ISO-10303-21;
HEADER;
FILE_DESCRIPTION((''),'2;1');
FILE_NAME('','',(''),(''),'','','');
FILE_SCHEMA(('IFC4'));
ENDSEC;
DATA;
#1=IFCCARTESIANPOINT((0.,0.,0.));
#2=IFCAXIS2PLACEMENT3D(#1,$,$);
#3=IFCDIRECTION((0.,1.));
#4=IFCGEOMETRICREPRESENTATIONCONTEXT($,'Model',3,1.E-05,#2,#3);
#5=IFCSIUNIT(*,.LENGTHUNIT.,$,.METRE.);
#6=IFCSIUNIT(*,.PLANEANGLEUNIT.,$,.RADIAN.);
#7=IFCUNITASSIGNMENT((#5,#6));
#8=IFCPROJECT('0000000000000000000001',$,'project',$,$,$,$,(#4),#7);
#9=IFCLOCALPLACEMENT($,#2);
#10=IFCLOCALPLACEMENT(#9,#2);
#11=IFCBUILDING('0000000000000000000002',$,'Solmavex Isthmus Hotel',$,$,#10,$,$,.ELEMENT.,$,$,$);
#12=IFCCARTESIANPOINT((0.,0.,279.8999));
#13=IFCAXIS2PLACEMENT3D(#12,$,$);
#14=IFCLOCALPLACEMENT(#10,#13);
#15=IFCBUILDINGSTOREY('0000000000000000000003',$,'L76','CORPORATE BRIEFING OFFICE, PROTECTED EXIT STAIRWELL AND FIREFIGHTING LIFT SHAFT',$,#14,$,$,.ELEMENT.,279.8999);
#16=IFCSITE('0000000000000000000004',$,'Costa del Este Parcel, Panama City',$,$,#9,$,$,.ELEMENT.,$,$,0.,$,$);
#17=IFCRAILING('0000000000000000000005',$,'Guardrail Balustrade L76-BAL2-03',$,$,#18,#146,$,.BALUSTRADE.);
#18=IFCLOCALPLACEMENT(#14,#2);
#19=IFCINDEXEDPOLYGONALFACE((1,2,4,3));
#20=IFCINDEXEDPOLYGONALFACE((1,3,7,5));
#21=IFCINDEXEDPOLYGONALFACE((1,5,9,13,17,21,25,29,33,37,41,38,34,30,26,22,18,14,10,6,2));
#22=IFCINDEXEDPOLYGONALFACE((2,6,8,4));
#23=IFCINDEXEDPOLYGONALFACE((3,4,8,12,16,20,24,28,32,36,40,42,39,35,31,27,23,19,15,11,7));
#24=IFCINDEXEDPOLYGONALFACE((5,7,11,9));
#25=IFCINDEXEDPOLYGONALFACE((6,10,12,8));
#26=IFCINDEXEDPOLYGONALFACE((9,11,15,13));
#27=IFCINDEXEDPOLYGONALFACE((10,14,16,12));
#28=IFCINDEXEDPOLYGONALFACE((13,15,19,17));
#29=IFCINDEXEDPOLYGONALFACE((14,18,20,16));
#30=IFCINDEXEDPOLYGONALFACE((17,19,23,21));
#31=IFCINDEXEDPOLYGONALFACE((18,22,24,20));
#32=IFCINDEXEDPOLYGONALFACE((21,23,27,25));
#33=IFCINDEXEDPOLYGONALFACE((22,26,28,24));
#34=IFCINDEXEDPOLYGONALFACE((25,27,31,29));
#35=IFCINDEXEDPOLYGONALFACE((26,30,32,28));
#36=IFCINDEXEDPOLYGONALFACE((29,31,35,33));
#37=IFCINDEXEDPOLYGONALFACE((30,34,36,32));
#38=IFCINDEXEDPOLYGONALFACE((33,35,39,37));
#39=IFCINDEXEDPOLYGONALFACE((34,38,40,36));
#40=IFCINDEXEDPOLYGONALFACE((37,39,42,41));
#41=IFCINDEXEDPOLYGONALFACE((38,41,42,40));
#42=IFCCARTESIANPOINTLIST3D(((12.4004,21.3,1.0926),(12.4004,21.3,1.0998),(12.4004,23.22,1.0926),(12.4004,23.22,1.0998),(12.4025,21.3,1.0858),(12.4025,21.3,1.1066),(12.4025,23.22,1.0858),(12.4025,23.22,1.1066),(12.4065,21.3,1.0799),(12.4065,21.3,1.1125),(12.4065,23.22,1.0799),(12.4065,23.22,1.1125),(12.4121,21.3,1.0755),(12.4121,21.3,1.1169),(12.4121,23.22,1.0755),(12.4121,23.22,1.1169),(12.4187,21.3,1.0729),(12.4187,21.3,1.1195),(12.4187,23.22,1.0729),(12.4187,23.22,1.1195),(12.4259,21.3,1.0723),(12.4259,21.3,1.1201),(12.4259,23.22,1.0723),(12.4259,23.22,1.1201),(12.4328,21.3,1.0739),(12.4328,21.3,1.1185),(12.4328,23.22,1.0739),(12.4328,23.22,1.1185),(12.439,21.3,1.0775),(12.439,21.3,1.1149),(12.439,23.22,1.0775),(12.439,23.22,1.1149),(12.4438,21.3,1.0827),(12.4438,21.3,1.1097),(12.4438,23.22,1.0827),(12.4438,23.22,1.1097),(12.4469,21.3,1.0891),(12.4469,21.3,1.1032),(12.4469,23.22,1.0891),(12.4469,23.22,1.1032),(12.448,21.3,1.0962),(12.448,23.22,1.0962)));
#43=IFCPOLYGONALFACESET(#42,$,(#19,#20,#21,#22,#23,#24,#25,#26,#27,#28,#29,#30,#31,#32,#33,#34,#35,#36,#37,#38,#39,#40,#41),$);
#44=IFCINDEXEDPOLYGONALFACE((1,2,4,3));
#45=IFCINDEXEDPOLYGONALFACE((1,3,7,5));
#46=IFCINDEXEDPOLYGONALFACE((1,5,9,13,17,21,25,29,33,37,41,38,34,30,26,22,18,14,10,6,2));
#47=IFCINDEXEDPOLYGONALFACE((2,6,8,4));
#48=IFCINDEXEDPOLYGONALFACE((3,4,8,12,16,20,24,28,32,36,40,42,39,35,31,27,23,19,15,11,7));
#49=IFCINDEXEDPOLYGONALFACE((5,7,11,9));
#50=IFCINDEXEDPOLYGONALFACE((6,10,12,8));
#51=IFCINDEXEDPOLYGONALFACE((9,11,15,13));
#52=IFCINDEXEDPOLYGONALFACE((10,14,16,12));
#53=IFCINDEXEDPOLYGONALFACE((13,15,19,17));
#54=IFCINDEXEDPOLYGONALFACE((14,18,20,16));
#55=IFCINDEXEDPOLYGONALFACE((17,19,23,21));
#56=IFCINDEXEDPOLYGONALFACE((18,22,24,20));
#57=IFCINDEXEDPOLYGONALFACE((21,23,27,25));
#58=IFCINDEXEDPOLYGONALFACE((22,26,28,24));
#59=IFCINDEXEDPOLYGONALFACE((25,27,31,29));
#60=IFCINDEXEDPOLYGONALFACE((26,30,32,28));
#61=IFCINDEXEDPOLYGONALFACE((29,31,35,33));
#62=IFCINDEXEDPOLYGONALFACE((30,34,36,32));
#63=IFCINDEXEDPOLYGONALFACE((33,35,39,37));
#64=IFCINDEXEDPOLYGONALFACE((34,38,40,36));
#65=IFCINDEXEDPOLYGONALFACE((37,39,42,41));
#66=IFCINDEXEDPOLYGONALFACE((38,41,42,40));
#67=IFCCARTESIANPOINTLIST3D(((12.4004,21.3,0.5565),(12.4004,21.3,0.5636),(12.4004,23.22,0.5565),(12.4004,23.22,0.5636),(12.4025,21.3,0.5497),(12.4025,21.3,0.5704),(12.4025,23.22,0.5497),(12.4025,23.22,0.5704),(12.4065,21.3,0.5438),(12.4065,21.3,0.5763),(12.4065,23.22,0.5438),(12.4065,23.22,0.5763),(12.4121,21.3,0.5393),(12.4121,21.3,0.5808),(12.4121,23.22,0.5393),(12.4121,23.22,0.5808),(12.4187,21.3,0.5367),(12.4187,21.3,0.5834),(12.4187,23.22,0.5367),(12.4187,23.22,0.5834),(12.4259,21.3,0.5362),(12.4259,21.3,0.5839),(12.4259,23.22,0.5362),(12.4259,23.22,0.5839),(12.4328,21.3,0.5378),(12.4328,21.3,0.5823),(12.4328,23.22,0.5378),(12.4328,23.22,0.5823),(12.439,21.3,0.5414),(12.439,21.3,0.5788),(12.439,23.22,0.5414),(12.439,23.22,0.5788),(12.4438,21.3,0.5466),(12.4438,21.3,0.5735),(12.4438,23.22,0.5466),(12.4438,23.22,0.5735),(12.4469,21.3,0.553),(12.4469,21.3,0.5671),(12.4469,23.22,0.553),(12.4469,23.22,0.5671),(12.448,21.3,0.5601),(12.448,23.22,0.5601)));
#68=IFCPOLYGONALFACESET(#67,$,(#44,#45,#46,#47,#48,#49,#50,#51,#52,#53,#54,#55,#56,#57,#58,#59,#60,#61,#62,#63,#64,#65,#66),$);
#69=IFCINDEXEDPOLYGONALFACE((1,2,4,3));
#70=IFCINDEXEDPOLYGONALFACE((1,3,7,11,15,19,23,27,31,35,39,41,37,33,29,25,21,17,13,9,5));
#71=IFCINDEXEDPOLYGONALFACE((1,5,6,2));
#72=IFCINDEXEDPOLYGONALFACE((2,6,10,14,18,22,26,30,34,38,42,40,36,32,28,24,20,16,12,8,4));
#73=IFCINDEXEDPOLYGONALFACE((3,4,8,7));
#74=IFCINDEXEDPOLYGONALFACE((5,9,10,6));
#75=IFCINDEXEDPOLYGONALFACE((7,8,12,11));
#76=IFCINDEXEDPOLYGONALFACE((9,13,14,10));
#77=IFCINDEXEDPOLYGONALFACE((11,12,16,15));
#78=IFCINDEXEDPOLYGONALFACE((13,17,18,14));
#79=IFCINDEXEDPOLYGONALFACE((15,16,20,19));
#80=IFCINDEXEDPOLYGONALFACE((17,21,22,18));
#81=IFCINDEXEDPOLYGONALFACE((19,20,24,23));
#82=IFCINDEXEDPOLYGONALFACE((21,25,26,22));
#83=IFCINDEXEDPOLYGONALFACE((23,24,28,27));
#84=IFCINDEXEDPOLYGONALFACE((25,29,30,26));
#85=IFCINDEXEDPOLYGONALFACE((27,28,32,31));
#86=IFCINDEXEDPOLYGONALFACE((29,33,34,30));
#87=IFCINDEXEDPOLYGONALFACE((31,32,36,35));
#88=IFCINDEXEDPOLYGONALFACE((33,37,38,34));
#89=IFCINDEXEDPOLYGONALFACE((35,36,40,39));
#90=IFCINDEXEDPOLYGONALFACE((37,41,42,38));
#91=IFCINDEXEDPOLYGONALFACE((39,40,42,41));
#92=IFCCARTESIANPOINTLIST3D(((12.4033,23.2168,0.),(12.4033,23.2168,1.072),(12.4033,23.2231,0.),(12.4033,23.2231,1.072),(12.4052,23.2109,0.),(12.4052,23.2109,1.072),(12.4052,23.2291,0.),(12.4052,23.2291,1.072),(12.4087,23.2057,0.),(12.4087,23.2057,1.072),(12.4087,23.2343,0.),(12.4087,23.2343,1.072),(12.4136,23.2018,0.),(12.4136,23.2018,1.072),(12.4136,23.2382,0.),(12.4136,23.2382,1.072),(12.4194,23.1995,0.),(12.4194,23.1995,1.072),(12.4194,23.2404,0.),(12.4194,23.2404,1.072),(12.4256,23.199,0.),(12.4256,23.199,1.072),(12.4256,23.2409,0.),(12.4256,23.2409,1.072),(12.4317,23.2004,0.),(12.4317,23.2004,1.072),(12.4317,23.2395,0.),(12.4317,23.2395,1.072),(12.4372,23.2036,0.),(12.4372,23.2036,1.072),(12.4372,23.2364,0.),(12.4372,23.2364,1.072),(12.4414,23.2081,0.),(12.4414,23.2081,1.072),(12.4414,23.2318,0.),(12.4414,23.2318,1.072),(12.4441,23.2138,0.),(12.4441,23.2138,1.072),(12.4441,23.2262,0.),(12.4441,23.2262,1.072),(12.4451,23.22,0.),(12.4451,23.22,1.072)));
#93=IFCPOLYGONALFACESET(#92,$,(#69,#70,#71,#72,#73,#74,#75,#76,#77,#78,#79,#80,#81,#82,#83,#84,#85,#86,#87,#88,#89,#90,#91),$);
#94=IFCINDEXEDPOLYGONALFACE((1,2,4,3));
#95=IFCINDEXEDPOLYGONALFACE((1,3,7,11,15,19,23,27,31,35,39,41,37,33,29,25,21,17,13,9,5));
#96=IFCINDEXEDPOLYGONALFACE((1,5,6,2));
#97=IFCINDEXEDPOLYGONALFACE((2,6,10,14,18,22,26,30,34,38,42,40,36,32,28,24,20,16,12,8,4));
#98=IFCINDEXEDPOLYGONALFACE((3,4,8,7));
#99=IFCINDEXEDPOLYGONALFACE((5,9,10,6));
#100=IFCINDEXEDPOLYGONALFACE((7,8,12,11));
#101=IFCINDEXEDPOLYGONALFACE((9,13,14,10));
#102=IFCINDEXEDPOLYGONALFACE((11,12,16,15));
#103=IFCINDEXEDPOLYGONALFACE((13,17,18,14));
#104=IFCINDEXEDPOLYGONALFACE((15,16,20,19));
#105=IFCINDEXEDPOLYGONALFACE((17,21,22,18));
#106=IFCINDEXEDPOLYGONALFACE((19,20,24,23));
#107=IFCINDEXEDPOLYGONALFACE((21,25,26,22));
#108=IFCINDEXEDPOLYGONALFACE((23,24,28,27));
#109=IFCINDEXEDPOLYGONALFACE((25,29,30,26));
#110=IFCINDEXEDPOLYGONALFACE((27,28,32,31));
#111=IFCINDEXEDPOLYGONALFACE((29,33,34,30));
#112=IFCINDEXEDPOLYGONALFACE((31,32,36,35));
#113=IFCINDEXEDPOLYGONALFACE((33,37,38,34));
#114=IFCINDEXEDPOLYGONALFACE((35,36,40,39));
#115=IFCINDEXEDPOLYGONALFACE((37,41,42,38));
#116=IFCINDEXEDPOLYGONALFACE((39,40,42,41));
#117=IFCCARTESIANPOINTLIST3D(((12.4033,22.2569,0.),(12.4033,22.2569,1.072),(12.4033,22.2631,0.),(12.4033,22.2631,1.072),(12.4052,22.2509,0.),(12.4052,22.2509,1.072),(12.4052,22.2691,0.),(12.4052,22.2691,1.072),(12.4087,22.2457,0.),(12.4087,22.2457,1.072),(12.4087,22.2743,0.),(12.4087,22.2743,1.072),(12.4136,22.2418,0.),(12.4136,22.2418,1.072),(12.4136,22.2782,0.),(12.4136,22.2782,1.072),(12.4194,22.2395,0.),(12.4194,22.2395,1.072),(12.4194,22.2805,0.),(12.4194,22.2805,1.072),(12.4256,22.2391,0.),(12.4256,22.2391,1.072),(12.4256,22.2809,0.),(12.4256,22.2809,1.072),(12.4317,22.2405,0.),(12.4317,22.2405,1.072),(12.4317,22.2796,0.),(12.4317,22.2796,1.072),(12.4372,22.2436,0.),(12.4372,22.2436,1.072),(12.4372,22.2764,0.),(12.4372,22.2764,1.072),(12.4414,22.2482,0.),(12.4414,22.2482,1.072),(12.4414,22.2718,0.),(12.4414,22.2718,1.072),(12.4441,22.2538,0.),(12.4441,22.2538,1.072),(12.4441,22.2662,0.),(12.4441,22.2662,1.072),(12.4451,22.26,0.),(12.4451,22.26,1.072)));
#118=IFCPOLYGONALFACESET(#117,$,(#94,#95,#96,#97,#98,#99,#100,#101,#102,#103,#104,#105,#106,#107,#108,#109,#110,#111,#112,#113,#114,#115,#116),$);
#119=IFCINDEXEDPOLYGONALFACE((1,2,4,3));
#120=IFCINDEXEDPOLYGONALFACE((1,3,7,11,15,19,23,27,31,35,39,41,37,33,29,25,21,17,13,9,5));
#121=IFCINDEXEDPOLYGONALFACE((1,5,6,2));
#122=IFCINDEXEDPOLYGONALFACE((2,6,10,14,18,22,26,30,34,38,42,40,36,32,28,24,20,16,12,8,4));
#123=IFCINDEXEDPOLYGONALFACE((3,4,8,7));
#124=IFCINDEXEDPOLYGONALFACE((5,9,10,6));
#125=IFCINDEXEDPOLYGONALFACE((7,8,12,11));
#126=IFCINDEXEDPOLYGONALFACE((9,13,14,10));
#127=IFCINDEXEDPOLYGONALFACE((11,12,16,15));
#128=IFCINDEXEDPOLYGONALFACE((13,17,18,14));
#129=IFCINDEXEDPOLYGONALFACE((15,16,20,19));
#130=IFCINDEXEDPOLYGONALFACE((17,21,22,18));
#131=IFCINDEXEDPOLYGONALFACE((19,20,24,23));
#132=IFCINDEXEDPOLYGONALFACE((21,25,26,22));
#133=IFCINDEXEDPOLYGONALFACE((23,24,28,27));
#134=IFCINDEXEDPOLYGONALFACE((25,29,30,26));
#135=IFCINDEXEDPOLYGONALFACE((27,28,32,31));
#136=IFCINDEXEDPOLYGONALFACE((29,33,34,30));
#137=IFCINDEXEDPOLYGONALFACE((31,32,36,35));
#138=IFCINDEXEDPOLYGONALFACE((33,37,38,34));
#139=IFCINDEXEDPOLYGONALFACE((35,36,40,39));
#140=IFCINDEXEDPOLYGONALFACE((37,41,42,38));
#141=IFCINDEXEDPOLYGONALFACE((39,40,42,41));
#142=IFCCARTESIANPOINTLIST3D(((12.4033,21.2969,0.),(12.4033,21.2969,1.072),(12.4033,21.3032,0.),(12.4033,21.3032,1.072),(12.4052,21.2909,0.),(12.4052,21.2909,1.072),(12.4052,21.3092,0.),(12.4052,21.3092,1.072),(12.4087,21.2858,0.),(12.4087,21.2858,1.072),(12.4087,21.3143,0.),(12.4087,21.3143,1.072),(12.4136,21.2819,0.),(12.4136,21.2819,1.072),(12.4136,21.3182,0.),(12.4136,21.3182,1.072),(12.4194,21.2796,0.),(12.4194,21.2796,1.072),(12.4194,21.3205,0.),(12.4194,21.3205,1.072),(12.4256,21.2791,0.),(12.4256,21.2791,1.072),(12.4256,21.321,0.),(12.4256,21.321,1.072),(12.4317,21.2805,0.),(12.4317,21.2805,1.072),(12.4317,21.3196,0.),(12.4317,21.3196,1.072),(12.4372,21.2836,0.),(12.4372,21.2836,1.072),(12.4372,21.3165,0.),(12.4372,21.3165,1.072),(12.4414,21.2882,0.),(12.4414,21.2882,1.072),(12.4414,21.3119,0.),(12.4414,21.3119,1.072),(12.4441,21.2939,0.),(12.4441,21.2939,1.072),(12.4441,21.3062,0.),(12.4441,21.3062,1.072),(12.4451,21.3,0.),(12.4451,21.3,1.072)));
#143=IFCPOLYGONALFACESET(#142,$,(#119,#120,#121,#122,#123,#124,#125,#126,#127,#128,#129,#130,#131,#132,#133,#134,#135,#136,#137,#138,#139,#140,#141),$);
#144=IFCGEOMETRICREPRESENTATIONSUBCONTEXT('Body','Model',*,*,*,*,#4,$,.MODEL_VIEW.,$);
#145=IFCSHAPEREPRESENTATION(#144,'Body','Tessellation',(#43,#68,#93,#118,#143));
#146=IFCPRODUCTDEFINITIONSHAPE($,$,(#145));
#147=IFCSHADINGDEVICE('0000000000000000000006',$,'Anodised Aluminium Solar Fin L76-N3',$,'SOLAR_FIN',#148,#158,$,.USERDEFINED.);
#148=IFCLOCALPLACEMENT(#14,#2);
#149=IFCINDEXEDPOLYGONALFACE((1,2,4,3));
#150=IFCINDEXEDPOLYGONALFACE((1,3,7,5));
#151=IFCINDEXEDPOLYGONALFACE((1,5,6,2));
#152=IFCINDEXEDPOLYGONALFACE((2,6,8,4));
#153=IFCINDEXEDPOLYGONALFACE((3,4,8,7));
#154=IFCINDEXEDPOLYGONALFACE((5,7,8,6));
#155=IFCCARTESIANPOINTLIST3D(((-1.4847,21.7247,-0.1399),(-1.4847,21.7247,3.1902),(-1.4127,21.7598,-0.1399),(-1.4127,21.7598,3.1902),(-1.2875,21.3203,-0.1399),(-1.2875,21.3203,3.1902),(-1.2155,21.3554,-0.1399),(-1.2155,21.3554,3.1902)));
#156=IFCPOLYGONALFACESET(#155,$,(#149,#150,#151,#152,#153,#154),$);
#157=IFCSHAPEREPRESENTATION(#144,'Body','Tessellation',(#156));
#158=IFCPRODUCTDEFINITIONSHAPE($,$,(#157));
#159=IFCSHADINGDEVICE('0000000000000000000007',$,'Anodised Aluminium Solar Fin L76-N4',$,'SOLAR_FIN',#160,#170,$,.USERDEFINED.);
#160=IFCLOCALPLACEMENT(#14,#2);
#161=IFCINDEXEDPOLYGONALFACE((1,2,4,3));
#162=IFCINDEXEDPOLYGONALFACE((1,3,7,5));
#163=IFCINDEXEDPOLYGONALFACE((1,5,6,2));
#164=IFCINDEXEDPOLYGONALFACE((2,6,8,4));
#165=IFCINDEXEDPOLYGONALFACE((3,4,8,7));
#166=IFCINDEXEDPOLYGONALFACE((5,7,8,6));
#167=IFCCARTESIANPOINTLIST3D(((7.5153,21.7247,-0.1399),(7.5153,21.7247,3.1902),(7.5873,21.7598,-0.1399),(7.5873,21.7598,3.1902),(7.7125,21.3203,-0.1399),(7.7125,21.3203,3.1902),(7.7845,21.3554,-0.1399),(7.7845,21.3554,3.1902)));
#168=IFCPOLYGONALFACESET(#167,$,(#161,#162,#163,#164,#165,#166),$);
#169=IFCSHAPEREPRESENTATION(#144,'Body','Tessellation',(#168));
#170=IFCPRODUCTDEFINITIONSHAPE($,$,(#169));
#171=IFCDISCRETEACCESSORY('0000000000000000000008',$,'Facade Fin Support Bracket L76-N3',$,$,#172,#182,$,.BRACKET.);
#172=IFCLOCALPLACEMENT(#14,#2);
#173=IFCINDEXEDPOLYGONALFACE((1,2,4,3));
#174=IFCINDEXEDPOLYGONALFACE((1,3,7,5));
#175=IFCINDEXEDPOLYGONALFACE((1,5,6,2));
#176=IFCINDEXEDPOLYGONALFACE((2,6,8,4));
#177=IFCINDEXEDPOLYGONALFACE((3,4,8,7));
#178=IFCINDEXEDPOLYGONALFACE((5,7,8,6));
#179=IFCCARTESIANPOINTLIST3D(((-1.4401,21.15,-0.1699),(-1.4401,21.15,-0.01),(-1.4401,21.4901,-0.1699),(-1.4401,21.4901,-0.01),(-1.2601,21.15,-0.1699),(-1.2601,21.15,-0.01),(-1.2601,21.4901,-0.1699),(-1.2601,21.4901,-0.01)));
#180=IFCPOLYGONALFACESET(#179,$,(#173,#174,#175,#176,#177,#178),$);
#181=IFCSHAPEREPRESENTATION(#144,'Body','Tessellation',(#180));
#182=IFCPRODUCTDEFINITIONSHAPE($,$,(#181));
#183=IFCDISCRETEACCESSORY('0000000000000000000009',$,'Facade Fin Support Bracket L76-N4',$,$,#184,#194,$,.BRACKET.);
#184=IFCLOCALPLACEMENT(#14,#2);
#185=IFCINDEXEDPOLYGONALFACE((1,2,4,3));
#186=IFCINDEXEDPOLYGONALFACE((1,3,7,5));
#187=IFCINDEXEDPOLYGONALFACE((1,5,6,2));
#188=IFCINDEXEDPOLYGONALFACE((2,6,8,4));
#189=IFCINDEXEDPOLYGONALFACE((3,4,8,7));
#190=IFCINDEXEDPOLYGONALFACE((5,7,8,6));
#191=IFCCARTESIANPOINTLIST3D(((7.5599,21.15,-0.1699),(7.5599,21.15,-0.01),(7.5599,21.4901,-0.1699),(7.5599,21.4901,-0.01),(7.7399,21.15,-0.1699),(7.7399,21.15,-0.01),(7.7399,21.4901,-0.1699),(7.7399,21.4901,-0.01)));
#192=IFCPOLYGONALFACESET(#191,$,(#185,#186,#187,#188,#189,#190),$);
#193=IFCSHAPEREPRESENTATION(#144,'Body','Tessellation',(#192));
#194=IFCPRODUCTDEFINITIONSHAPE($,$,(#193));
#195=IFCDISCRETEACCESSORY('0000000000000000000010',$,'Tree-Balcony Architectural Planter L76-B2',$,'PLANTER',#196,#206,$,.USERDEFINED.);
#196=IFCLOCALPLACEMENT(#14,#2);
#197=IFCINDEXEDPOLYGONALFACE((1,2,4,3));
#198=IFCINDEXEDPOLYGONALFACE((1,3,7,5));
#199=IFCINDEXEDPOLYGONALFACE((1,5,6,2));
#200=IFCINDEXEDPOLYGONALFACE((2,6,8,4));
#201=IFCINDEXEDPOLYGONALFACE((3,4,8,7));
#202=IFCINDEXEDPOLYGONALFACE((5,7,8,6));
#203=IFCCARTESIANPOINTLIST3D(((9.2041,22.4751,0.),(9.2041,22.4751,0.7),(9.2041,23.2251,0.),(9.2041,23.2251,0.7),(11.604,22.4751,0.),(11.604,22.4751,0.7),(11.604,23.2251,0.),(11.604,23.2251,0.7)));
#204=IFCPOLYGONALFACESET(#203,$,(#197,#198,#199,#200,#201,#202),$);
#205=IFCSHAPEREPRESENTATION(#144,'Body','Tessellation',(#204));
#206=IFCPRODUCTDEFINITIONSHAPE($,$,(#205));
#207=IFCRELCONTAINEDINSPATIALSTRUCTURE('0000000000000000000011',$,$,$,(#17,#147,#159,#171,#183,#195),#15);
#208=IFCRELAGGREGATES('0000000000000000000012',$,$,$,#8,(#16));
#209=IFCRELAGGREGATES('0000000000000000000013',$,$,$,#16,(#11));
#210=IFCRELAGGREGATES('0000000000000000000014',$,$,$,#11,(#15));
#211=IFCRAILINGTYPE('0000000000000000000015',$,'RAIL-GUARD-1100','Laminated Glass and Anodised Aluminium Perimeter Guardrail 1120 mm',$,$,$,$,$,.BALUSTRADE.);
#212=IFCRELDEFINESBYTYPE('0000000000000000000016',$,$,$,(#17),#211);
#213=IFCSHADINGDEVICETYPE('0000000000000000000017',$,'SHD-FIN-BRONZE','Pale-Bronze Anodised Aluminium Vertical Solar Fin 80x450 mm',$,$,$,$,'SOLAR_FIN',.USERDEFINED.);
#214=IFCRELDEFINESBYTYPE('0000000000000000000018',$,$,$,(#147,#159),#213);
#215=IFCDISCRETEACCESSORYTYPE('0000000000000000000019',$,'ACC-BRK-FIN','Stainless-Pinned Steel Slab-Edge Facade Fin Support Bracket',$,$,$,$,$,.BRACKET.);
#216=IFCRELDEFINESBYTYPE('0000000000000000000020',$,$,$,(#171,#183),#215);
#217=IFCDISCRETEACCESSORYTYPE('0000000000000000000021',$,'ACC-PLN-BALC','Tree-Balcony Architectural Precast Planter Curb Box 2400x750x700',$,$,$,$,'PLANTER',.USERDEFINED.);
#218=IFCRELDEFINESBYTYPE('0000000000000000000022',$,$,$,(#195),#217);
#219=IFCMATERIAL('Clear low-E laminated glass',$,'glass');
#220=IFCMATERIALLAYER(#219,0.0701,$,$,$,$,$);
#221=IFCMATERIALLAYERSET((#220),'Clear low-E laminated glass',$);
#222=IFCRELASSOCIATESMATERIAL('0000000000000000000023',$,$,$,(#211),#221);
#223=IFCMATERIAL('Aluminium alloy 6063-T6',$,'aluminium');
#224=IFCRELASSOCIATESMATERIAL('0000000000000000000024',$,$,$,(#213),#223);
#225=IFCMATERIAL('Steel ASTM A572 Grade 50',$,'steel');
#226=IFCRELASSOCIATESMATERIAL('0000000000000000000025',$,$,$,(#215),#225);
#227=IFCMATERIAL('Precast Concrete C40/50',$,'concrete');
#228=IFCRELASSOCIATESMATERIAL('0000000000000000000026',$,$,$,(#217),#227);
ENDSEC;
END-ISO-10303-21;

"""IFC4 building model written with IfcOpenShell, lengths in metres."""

from ifc_helpers import new_model, si_unit, direction, frame, origin, origin_2d, place, context, subcontext, project, spatial, rectangle, circle, extrude, material, layer, layer_set, type_object, element, save


model = new_model("IFC4")

# Units and contexts
model_context = context("Model", 3, precision=1e-05, world=origin(), true_north=direction((0.0, 1.0)))
body_context = subcontext(model_context, "Body", "Model", "MODEL_VIEW")
ifc_project = project(units=[si_unit("LENGTHUNIT", "METRE"), si_unit("PLANEANGLEUNIT", "RADIAN")], contexts=[model_context])

# Site, building, storey
site_placement = place(None, origin())
site = spatial("IfcSite", under=ifc_project, at=site_placement, Name="Costa del Este Parcel, Panama City", CompositionType="ELEMENT", RefElevation=0.0)
building_placement = place(site_placement, origin())
building = spatial("IfcBuilding", under=site, at=building_placement, Name="Solmavex Isthmus Hotel", CompositionType="ELEMENT")
storey_placement = place(building_placement, frame((0.0, 0.0, 279.8999)))
storey = spatial("IfcBuildingStorey", under=building, at=storey_placement, Name="L76", Description="CORPORATE BRIEFING OFFICE, PROTECTED EXIT STAIRWELL AND FIREFIGHTING LIFT SHAFT", CompositionType="ELEMENT", Elevation=279.8999)

# Shared definitions
ifc_material_1 = material(Name="Aluminium alloy 6063-T6", Category="aluminium")

# Shared definitions
ifc_material_2 = material(Name="Clear low-E laminated glass", Category="glass")

# Shared definitions
ifc_material_3 = material(Name="Precast Concrete C40/50", Category="concrete")

# Railing
ifc_layer_1 = layer(ifc_material_2, 0.0701)
ifc_layer_set_1 = layer_set([ifc_layer_1], Name="Clear low-E laminated glass")
railing_type = type_object("IfcRailingType", Name="RAIL-GUARD-1100", Description="Laminated Glass and Anodised Aluminium Perimeter Guardrail 1120 mm", PredefinedType="BALUSTRADE", material=ifc_layer_set_1)
railing_1_placement = place(storey_placement, frame((12.4241, 23.22, 0.0)))
element("IfcRailing", 1, at=railing_1_placement, inside=storey, type_object=railing_type, Name="Guardrail Balustrade L76-BAL2-03", PredefinedType="BALUSTRADE", context=body_context, shape_type="SweptSolid", body=[
    extrude(circle(Radius=0.0239, at=origin_2d()), frame((0.0, 0.0, 1.0962), z_axis=(0.0, -1.0, 0.0), x_axis=(1.0, 0.0, 0.0)), (0.0, 0.0, 1.0), 1.9199),
    extrude(circle(Radius=0.0239, at=origin_2d()), frame((0.0, 0.0, 0.5601), z_axis=(0.0, -1.0, 0.0), x_axis=(1.0, 0.0, 0.0)), (0.0, 0.0, 1.0), 1.9199),
    extrude(circle(Radius=0.021, at=origin_2d()), origin(), (0.0, 0.0, 1.0), 1.072),
    extrude(circle(Radius=0.021, at=origin_2d()), frame((0.0, -0.96, 0.0)), (0.0, 0.0, 1.0), 1.072),
    extrude(circle(Radius=0.021, at=origin_2d()), frame((0.0, -1.9199, 0.0)), (0.0, 0.0, 1.0), 1.072),
])

# Shading devices
shading_device_type = type_object("IfcShadingDeviceType", Name="SHD-FIN-BRONZE", Description="Pale-Bronze Anodised Aluminium Vertical Solar Fin 80x450 mm", ElementType="SOLAR_FIN", PredefinedType="USERDEFINED", material=ifc_material_1)
for number, where, z_axis, x_axis, name in (
    (2, (-1.3501, 21.54, -0.1399), (0.0, 0.0, 1.0), (-0.438371, 0.898794, 0.0), "Anodised Aluminium Solar Fin L76-N3"),
    (3, (7.6499, 21.54, -0.1399), (0.0, 0.0, 1.0), (-0.438371, 0.898794, 0.0), "Anodised Aluminium Solar Fin L76-N4"),
):
    element("IfcShadingDevice", number, at=place(storey_placement, frame(where, z_axis=z_axis, x_axis=x_axis)), inside=storey, type_object=shading_device_type, Name=name, ObjectType="SOLAR_FIN", PredefinedType="USERDEFINED", context=body_context, shape_type="SweptSolid", body=[
        extrude(rectangle(XDim=0.45, YDim=0.0801, at=origin_2d()), origin(), (0.0, 0.0, 1.0), 3.3301),
    ])

# Discrete accessories
ifc_material_4 = material(Name="Steel ASTM A572 Grade 50", Category="steel")
discrete_accessory_type_1 = type_object("IfcDiscreteAccessoryType", Name="ACC-BRK-FIN", Description="Stainless-Pinned Steel Slab-Edge Facade Fin Support Bracket", PredefinedType="BRACKET", material=ifc_material_4)
for number, where, z_axis, x_axis, name in (
    (4, (-1.3501, 21.3201, -0.1699), (0.0, 0.0, 1.0), (0.0, 1.0, 0.0), "Facade Fin Support Bracket L76-N3"),
    (5, (7.6499, 21.3201, -0.1699), (0.0, 0.0, 1.0), (0.0, 1.0, 0.0), "Facade Fin Support Bracket L76-N4"),
):
    element("IfcDiscreteAccessory", number, at=place(storey_placement, frame(where, z_axis=z_axis, x_axis=x_axis)), inside=storey, type_object=discrete_accessory_type_1, Name=name, PredefinedType="BRACKET", context=body_context, shape_type="SweptSolid", body=[
        extrude(rectangle(XDim=0.3401, YDim=0.1799, at=origin_2d()), origin(), (0.0, 0.0, 1.0), 0.1599),
    ])
discrete_accessory_type_2 = type_object("IfcDiscreteAccessoryType", Name="ACC-PLN-BALC", Description="Tree-Balcony Architectural Precast Planter Curb Box 2400x750x700", ElementType="PLANTER", PredefinedType="USERDEFINED", material=ifc_material_3)
discrete_accessory_placement = place(storey_placement, frame((10.4041, 22.8501, 0.0), z_axis=(0.0, 0.0, 1.0), x_axis=(1.0, 0.0, 0.0)))
element("IfcDiscreteAccessory", 6, at=discrete_accessory_placement, inside=storey, type_object=discrete_accessory_type_2, Name="Tree-Balcony Architectural Planter L76-B2", ObjectType="PLANTER", PredefinedType="USERDEFINED", context=body_context, shape_type="SweptSolid", body=[
    extrude(rectangle(XDim=2.3999, YDim=0.75, at=origin_2d()), origin(), (0.0, 0.0, 1.0), 0.7),
])

save(model, "model.ifc")
